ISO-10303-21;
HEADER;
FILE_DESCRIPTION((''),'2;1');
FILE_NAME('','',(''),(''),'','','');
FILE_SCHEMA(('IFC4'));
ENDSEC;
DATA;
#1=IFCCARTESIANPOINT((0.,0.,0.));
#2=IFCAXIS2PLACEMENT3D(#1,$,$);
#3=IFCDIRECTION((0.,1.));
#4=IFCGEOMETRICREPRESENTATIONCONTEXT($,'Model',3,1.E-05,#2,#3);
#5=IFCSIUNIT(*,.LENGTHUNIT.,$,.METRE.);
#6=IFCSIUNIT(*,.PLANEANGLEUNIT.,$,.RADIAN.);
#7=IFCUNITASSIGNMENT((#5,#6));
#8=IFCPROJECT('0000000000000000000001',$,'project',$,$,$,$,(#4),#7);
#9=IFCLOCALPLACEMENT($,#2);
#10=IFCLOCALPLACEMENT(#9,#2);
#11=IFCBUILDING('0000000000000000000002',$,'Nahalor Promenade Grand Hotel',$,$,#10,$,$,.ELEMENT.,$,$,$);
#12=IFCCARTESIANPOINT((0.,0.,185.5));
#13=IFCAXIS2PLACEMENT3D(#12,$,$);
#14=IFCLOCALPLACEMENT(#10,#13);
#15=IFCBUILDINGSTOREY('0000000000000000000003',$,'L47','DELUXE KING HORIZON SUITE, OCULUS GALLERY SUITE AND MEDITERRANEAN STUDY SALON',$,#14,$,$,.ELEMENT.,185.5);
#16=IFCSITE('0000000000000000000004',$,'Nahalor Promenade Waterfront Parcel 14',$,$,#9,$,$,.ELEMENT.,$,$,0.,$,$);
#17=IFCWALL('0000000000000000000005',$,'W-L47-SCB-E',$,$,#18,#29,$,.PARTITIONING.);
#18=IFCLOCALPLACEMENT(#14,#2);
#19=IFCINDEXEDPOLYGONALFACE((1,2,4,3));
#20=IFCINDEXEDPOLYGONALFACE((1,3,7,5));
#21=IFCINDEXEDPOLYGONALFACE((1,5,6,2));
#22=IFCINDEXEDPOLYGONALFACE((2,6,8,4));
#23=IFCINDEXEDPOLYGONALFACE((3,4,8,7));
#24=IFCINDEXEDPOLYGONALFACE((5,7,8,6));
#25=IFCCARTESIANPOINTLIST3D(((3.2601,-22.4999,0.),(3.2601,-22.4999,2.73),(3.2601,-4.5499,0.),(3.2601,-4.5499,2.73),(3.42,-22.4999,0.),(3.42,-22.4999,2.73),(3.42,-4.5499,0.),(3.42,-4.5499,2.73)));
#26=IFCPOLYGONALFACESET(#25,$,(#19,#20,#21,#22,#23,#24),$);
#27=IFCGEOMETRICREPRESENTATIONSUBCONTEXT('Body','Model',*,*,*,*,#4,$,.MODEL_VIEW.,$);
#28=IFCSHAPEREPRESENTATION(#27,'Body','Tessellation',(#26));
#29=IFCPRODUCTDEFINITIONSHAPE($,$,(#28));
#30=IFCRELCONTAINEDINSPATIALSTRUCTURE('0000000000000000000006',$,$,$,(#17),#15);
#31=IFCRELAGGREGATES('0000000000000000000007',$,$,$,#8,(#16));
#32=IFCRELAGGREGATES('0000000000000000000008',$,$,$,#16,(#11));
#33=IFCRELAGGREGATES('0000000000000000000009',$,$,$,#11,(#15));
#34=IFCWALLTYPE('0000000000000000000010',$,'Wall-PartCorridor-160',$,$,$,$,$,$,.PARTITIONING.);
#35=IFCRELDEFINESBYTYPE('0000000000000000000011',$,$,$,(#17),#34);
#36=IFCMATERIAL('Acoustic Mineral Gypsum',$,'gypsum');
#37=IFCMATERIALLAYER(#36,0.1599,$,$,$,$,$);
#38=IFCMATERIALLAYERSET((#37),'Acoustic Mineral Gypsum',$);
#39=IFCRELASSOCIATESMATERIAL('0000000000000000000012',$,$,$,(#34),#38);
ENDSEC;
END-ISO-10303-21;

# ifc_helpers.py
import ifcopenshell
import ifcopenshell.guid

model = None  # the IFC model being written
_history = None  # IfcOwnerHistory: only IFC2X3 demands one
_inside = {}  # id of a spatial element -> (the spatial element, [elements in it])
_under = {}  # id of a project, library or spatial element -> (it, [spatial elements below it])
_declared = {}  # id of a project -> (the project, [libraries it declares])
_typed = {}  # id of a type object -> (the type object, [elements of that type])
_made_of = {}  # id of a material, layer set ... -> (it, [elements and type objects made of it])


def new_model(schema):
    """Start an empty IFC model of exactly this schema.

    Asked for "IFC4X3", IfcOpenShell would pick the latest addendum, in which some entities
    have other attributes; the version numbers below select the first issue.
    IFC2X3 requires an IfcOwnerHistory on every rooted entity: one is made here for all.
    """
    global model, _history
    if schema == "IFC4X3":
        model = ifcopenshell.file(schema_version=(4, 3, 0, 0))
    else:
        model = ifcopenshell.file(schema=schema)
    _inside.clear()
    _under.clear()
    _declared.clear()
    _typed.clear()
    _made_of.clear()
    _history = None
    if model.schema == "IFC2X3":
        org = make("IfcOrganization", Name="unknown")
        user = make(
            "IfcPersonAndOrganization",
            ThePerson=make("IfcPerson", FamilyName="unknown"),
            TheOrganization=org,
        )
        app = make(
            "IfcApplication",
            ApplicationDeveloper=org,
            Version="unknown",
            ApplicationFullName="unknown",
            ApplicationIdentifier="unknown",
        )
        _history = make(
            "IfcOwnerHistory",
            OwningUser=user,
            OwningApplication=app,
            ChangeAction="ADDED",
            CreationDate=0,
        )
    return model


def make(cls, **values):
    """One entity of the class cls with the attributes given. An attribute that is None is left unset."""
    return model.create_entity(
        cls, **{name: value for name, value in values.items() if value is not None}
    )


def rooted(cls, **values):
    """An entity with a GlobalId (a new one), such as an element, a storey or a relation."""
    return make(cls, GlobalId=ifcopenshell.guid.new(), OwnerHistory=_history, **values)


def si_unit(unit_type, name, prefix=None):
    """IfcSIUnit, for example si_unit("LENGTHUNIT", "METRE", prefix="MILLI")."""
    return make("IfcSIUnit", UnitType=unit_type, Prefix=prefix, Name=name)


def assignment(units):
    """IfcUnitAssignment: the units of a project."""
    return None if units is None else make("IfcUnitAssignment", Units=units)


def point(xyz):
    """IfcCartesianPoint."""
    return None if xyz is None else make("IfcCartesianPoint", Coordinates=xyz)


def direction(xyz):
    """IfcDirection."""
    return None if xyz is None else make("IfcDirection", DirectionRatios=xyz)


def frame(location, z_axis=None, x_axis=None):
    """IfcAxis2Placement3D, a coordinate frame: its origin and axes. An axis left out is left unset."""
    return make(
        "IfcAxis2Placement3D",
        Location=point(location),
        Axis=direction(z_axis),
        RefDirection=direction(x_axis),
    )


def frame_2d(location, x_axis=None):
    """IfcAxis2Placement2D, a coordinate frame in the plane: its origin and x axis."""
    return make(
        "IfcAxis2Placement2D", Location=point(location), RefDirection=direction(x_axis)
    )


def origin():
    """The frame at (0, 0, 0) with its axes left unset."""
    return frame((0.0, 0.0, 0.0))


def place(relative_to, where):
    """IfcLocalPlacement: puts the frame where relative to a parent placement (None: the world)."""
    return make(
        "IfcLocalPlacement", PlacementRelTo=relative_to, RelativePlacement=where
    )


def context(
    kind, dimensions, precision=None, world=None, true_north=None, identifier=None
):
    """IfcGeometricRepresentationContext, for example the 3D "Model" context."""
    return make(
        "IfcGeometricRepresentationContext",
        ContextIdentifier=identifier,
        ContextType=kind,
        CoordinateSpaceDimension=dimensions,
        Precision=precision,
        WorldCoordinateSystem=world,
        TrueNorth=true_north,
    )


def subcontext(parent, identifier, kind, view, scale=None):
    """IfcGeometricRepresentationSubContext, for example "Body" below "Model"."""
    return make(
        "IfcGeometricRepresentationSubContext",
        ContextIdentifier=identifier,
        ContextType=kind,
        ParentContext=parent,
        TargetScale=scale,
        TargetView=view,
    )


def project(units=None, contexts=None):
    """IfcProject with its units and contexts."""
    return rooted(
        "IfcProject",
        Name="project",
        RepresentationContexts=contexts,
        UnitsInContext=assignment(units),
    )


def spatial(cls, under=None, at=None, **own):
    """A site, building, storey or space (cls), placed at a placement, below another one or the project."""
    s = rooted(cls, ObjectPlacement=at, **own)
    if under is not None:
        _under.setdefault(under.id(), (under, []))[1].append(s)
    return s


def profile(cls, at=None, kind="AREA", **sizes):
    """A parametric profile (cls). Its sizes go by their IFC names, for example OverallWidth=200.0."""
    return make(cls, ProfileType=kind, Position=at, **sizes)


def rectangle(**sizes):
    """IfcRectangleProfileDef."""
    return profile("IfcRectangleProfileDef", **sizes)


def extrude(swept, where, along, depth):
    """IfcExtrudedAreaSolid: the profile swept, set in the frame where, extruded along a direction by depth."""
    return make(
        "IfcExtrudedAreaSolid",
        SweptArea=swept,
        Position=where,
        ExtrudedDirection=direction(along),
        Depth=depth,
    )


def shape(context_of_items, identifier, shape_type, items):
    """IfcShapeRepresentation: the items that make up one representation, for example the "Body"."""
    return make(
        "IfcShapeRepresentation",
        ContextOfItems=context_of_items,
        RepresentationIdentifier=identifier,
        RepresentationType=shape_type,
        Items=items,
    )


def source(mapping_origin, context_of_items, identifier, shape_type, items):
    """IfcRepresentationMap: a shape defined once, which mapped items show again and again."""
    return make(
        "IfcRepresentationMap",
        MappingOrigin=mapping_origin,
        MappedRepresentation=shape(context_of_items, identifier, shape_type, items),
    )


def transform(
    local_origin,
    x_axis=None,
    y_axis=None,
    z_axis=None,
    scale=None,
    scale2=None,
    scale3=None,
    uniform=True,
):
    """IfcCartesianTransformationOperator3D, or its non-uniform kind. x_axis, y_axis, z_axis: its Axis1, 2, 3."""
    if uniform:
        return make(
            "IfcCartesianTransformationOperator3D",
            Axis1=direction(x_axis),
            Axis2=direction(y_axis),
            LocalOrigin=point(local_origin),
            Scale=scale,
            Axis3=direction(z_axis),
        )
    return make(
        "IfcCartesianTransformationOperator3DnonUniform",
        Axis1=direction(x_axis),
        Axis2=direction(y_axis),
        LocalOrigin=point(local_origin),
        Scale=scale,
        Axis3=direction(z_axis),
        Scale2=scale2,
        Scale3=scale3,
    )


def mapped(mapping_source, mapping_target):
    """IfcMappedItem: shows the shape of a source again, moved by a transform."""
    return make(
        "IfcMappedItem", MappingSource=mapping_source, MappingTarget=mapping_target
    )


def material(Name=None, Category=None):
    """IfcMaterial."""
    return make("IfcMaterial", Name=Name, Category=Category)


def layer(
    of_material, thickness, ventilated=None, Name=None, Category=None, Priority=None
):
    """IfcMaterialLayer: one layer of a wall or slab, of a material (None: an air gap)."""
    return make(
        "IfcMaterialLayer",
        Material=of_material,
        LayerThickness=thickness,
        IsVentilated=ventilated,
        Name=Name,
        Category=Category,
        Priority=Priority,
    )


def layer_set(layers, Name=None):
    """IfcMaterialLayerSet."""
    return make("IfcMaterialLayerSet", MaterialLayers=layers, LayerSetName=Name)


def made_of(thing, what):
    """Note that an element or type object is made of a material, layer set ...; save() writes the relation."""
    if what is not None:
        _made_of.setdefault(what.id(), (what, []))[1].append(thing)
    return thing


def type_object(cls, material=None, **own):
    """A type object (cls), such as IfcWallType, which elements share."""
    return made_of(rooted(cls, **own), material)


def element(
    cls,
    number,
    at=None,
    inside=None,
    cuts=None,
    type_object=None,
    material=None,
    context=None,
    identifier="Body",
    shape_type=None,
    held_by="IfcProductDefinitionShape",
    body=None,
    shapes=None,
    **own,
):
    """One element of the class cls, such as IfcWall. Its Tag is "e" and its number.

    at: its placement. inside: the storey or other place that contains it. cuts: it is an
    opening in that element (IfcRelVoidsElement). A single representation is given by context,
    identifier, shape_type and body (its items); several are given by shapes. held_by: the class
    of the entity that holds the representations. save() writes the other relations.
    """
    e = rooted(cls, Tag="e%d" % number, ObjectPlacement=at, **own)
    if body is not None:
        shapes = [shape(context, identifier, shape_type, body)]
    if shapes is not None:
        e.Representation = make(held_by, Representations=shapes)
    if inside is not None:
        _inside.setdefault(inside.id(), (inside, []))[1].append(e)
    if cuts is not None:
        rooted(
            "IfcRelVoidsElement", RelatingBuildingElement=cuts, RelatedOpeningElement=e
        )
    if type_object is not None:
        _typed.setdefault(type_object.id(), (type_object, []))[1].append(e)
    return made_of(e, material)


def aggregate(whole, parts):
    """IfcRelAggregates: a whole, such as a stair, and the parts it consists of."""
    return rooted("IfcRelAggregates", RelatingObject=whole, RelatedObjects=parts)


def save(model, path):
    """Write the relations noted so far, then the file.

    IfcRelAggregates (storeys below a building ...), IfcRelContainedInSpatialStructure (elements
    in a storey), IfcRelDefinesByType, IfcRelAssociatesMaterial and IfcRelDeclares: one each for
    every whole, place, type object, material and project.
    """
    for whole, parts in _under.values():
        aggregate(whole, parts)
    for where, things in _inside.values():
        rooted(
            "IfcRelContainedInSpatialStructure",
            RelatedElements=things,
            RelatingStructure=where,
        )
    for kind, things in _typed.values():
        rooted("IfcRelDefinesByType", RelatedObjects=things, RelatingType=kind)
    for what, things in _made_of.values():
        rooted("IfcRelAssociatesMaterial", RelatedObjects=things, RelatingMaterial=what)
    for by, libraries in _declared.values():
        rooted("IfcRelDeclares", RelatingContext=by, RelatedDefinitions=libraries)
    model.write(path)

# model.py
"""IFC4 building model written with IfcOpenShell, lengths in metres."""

from ifc_helpers import new_model, si_unit, direction, frame, frame_2d, origin, place, context, subcontext, project, spatial, rectangle, extrude, source, transform, mapped, material, layer, layer_set, type_object, element, save


model = new_model("IFC4")

# Units and contexts
model_context = context("Model", 3, precision=1e-05, world=origin(), true_north=direction((0.0, 1.0)))
body_context = subcontext(model_context, "Body", "Model", "MODEL_VIEW")
ifc_project = project(units=[si_unit("LENGTHUNIT", "METRE"), si_unit("PLANEANGLEUNIT", "RADIAN")], contexts=[model_context])

# Site, building, storey
site_placement = place(None, origin())
site = spatial("IfcSite", under=ifc_project, at=site_placement, Name="Nahalor Promenade Waterfront Parcel 14", CompositionType="ELEMENT", RefElevation=0.0)
building_placement = place(site_placement, origin())
building = spatial("IfcBuilding", under=site, at=building_placement, Name="Nahalor Promenade Grand Hotel", CompositionType="ELEMENT")
storey_placement = place(building_placement, frame((0.0, 0.0, 185.5)))
storey = spatial("IfcBuildingStorey", under=building, at=storey_placement, Name="L47", Description="DELUXE KING HORIZON SUITE, OCULUS GALLERY SUITE AND MEDITERRANEAN STUDY SALON", CompositionType="ELEMENT", Elevation=185.5)

# Wall
ifc_material_1 = material(Name="Acoustic Mineral Gypsum", Category="gypsum")
ifc_layer_1 = layer(ifc_material_1, 0.1599)
ifc_layer_set_1 = layer_set([ifc_layer_1], Name="Acoustic Mineral Gypsum")
wall_type_1 = type_object("IfcWallType", Name="Wall-PartCorridor-160", PredefinedType="PARTITIONING", material=ifc_layer_set_1)
shared_shape_1 = source(origin(), body_context, "Body", "SweptSolid", [
    extrude(rectangle(XDim=17.95, YDim=0.1599, at=frame_2d((8.9751, 0.0))), origin(), (0.0, 0.0, 1.0), 2.73),
])
wall_1_placement = place(storey_placement, frame((3.3401, -22.5, 0.0), z_axis=(0.0, 0.0, 1.0), x_axis=(0.0, 1.0, 0.0)))
element("IfcWall", 1, at=wall_1_placement, inside=storey, type_object=wall_type_1, Name="W-L47-SCB-E", PredefinedType="PARTITIONING", context=body_context, shape_type="MappedRepresentation", body=[
    mapped(shared_shape_1, transform((0.0, 0.0, 0.0), scale=1.0)),
])

save(model, "model.ifc")
